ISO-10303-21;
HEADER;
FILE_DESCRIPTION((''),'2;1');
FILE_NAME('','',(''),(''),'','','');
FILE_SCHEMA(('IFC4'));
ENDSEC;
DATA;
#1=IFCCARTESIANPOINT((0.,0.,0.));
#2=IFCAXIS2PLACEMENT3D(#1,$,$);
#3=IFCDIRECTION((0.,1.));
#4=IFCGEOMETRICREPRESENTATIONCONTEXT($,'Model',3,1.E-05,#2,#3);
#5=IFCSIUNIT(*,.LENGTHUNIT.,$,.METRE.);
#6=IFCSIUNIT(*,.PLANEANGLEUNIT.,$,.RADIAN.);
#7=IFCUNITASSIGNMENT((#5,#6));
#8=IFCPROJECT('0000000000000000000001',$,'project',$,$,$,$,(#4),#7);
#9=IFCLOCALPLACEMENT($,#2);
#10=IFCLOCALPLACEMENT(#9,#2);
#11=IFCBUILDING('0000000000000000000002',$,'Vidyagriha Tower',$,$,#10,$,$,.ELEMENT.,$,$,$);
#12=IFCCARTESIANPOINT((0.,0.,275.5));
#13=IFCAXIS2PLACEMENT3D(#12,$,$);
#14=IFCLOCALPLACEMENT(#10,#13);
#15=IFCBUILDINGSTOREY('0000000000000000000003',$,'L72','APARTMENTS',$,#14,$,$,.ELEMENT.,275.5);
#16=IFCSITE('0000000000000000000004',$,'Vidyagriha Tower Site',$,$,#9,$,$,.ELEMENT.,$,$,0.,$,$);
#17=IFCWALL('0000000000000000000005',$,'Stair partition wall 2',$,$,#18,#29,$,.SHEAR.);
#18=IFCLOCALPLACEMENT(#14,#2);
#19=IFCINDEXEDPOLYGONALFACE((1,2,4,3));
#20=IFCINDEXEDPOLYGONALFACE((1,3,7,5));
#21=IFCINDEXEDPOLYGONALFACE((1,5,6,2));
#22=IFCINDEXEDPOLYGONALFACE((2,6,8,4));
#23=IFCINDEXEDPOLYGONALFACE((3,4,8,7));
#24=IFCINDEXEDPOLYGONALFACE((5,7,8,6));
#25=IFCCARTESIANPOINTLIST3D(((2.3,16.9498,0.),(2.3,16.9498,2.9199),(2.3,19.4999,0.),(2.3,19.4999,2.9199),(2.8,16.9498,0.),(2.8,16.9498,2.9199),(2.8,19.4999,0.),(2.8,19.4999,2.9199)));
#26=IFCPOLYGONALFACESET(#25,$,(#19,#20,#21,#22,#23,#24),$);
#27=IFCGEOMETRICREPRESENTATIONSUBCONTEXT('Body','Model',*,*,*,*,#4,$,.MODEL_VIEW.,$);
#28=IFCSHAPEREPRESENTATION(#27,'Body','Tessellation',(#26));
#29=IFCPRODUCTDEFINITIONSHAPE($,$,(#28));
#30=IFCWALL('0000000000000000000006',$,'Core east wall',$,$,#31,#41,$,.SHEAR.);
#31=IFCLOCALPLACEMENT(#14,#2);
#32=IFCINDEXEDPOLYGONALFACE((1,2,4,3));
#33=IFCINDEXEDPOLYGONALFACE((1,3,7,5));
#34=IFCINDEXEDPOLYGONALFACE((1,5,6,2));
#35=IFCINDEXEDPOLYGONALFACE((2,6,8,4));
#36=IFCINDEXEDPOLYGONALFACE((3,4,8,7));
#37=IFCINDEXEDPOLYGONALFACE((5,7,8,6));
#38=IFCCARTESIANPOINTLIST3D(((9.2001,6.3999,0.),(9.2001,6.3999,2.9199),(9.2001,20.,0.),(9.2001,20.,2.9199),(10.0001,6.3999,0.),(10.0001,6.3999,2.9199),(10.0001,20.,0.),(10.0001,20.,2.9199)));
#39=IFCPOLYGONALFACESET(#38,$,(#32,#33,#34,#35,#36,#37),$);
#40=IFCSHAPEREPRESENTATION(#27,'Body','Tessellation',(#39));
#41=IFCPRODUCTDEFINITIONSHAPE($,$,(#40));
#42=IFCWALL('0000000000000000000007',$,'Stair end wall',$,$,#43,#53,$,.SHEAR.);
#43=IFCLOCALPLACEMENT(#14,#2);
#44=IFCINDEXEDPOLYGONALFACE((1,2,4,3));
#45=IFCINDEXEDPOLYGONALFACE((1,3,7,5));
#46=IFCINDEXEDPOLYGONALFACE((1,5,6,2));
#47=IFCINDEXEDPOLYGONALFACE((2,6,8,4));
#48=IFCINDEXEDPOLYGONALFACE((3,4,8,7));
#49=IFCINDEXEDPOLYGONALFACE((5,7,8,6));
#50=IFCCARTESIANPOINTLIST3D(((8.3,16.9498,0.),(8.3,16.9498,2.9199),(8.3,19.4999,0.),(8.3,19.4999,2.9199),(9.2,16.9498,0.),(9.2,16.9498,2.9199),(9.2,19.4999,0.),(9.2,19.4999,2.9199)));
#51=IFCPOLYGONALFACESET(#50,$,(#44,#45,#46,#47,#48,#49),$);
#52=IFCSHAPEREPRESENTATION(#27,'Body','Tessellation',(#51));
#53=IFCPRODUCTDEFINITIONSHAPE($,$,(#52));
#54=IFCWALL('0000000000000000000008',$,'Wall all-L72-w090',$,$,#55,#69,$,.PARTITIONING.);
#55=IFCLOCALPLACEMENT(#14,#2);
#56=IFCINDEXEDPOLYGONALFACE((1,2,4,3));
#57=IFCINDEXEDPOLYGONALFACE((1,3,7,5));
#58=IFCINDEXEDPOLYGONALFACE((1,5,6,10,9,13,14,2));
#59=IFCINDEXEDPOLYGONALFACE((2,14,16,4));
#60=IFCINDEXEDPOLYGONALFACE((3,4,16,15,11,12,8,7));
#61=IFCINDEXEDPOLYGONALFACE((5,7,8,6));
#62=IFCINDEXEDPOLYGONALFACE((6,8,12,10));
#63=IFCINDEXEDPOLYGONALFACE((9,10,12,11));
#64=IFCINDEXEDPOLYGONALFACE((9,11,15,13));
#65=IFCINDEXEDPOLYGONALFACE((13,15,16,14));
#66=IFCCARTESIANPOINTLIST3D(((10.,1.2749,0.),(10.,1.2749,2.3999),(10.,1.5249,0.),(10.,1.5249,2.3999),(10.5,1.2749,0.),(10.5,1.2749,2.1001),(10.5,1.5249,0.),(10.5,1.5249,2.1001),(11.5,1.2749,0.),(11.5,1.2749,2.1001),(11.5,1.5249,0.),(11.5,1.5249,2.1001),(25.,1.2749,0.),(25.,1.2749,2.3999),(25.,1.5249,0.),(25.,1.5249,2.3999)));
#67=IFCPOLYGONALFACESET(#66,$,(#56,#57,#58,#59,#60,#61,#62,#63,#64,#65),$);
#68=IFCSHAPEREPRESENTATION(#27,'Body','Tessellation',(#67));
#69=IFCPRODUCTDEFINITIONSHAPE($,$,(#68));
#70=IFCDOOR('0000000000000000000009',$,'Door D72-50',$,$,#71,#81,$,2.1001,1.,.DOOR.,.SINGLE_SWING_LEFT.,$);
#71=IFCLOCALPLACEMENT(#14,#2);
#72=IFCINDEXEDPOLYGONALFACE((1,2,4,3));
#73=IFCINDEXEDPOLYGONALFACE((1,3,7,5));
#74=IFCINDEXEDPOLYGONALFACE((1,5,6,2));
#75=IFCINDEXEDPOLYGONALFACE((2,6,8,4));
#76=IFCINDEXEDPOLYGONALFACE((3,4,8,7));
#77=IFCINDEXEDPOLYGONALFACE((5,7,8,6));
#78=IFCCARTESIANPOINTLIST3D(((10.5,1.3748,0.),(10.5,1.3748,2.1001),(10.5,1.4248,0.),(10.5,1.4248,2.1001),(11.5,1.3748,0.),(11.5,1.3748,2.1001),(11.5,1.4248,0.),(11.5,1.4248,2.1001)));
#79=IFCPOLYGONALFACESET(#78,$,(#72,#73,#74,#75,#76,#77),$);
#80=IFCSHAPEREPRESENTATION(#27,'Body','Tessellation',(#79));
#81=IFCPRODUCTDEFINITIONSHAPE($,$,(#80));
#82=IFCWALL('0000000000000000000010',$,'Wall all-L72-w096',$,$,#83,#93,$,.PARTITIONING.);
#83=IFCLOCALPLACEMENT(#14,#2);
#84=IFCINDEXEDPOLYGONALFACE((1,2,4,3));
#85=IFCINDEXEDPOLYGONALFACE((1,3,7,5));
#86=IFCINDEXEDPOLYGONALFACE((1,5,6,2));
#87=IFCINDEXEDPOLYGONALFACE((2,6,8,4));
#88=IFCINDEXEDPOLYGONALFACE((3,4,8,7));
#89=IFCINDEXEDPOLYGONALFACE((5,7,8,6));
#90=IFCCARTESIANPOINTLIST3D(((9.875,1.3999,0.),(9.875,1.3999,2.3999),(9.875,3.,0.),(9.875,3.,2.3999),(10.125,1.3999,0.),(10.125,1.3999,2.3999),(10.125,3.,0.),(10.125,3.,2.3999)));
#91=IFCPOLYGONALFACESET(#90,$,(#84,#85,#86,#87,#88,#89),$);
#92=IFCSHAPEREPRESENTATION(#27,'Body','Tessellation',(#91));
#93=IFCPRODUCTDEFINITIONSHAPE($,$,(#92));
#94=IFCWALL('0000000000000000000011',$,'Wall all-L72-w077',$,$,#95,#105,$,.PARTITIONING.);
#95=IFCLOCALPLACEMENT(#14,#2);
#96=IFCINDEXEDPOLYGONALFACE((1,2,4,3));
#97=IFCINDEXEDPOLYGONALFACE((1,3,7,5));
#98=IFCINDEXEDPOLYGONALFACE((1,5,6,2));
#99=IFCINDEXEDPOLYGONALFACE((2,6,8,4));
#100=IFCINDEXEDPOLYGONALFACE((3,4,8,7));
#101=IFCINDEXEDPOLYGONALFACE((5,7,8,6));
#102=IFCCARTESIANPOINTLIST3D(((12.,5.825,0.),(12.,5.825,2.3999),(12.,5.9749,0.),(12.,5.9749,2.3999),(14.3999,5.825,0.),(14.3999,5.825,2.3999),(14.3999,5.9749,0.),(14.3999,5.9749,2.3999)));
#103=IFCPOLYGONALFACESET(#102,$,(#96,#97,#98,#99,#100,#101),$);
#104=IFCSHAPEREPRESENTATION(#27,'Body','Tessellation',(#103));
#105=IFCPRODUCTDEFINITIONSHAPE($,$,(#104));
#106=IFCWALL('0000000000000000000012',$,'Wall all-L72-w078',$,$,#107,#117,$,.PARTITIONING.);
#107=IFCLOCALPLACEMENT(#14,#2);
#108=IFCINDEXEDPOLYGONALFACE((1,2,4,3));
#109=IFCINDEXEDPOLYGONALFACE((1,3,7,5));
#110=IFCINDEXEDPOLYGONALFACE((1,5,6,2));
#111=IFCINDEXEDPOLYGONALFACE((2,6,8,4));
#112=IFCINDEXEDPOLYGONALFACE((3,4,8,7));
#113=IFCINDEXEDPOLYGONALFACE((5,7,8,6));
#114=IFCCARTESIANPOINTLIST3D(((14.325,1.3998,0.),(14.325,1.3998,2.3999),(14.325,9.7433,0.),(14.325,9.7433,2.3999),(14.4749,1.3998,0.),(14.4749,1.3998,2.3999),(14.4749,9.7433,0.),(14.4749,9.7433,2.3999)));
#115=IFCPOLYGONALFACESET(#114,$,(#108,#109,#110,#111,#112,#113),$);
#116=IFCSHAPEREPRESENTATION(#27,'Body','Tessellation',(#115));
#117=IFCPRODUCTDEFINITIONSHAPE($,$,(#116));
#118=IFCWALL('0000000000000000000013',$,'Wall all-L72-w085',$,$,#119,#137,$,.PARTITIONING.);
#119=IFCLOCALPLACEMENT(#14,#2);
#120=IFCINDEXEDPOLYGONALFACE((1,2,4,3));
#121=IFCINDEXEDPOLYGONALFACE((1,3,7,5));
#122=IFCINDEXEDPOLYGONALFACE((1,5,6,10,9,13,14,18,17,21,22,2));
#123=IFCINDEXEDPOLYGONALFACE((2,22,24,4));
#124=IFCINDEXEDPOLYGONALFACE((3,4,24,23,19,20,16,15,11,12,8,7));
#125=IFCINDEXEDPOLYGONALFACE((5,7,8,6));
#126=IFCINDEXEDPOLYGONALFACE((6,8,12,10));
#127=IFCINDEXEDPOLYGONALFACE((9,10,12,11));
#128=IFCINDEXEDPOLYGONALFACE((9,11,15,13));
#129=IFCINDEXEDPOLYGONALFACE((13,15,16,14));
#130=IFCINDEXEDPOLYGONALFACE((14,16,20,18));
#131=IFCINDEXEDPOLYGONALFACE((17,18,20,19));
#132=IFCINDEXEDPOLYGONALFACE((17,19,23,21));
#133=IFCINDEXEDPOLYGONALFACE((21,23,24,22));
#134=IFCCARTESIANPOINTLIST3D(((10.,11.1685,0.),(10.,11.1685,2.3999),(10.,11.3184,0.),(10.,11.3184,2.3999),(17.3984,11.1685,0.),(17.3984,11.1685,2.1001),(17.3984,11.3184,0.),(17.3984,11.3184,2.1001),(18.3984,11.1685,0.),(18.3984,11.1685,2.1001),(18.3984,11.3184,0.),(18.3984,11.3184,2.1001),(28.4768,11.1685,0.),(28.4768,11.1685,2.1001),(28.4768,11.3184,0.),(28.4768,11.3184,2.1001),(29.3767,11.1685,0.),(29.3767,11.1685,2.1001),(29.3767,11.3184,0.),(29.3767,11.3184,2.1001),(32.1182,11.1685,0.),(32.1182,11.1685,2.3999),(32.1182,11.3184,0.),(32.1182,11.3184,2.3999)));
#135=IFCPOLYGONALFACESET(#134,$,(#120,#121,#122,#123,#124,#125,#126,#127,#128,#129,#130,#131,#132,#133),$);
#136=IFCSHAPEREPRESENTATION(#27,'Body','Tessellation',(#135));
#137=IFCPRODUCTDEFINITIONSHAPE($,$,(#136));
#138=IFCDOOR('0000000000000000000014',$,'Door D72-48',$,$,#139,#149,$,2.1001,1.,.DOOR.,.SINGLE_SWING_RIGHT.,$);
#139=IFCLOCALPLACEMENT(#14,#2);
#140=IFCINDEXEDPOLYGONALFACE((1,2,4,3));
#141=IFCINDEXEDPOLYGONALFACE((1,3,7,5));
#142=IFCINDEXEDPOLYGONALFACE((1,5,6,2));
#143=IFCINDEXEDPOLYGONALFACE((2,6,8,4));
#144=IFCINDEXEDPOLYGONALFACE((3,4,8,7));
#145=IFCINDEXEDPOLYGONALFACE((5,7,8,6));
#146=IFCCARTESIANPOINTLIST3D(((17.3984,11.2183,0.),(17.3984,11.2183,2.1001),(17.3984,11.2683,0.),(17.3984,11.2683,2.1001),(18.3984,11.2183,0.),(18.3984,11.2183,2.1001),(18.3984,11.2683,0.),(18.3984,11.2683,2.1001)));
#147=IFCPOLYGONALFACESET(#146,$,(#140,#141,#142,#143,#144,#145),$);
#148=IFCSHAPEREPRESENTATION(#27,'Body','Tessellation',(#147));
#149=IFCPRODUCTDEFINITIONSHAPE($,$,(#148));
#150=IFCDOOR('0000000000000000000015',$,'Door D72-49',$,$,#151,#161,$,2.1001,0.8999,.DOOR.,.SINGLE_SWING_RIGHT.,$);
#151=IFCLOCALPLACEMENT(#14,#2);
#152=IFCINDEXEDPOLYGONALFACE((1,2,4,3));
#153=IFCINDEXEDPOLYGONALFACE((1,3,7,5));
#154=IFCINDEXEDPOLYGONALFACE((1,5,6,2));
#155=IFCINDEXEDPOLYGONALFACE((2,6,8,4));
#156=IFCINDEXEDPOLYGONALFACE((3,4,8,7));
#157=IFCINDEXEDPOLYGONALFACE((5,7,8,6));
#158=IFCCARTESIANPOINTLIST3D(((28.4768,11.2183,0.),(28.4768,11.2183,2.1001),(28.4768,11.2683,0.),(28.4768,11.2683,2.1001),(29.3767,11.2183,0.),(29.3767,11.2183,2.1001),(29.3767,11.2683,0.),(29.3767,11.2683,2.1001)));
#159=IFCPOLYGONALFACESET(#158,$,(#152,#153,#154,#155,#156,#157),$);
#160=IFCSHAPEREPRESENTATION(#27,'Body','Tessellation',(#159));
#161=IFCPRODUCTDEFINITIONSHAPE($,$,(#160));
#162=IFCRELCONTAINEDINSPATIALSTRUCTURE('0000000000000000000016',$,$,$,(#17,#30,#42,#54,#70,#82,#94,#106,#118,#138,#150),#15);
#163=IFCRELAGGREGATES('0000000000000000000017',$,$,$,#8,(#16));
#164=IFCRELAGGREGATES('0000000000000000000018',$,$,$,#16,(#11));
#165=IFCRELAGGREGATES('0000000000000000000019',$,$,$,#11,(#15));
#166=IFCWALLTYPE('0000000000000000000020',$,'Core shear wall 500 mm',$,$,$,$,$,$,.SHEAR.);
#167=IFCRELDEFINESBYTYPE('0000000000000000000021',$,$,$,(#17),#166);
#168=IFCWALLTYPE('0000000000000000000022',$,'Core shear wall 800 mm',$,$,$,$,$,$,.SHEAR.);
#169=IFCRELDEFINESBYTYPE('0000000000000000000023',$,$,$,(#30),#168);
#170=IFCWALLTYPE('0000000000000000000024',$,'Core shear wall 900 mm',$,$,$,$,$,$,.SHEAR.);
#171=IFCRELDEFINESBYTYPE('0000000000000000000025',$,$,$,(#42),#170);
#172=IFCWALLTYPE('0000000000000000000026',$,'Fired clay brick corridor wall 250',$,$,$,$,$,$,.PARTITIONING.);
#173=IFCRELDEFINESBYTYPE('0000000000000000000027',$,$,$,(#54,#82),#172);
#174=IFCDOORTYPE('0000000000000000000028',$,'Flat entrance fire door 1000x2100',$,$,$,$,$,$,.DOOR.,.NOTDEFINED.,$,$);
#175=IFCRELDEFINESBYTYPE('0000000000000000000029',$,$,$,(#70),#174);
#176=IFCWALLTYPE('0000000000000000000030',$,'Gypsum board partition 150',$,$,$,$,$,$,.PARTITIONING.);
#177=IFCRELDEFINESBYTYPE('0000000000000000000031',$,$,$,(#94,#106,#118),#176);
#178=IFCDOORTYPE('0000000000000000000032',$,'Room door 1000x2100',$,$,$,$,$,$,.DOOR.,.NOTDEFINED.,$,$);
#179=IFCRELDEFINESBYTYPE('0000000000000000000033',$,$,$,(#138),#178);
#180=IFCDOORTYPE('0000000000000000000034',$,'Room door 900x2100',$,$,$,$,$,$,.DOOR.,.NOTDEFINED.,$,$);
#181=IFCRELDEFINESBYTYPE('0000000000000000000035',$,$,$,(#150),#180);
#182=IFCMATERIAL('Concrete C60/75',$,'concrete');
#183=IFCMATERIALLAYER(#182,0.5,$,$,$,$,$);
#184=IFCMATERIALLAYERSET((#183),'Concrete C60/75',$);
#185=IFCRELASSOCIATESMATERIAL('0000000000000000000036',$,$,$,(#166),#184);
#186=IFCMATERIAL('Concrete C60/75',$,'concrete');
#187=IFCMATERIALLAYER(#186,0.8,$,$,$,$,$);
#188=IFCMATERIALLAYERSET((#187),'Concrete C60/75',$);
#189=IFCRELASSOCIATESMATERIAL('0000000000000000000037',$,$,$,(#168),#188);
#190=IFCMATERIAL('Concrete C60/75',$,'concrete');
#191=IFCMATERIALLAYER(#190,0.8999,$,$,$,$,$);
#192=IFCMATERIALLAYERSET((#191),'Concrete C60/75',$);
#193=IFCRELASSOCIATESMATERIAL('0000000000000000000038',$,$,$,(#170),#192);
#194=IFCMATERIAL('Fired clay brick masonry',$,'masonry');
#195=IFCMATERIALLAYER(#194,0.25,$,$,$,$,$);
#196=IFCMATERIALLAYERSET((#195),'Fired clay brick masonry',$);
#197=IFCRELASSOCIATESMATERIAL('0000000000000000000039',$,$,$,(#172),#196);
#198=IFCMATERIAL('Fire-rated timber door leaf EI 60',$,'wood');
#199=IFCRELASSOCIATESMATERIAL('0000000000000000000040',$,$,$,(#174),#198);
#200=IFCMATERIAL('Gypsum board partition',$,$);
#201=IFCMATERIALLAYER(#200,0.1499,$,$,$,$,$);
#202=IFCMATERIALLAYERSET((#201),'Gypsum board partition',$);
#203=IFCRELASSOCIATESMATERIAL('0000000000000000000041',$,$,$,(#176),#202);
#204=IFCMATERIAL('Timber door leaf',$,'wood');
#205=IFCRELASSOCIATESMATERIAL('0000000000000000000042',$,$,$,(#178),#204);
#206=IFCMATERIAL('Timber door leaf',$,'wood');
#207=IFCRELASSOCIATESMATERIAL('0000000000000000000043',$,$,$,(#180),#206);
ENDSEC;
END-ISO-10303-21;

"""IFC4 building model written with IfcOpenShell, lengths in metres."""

from ifc_helpers import new_model, si_unit, direction, frame, frame_2d, origin, place, context, subcontext, project, spatial, rectangle, extrude, material, layer, layer_set, type_object, element, fill, save


model = new_model("IFC4")

# Units and contexts
model_context = context("Model", 3, precision=1e-05, world=origin(), true_north=direction((0.0, 1.0)))
body_context = subcontext(model_context, "Body", "Model", "MODEL_VIEW")
ifc_project = project(units=[si_unit("LENGTHUNIT", "METRE"), si_unit("PLANEANGLEUNIT", "RADIAN")], contexts=[model_context])

# Site, building, storey
site_placement = place(None, origin())
site = spatial("IfcSite", under=ifc_project, at=site_placement, Name="Vidyagriha Tower Site", CompositionType="ELEMENT", RefElevation=0.0)
building_placement = place(site_placement, origin())
building = spatial("IfcBuilding", under=site, at=building_placement, Name="Vidyagriha Tower", CompositionType="ELEMENT")
storey_placement = place(building_placement, frame((0.0, 0.0, 275.5)))
storey = spatial("IfcBuildingStorey", under=building, at=storey_placement, Name="L72", Description="APARTMENTS", CompositionType="ELEMENT", Elevation=275.5)

# Walls
ifc_material_1 = material(Name="Concrete C60/75", Category="concrete")
ifc_layer_1 = layer(ifc_material_1, 0.5)
ifc_layer_set_1 = layer_set([ifc_layer_1], Name="Concrete C60/75")
wall_type_1 = type_object("IfcWallType", Name="Core shear wall 500 mm", PredefinedType="SHEAR", material=ifc_layer_set_1)
wall_1_placement = place(storey_placement, frame((2.55, 16.95, 0.0), z_axis=(0.0, 0.0, 1.0), x_axis=(0.0, 1.0, 0.0)))
element("IfcWall", 1, at=wall_1_placement, inside=storey, type_object=wall_type_1, Name="Stair partition wall 2", PredefinedType="SHEAR", context=body_context, shape_type="SweptSolid", body=[
    extrude(rectangle(XDim=2.55, YDim=0.5, at=frame_2d((1.2749, 0.0))), origin(), (0.0, 0.0, 1.0), 2.9199),
])
ifc_material_2 = material(Name="Concrete C60/75", Category="concrete")
ifc_layer_2 = layer(ifc_material_2, 0.8)
ifc_layer_set_2 = layer_set([ifc_layer_2], Name="Concrete C60/75")
wall_type_2 = type_object("IfcWallType", Name="Core shear wall 800 mm", PredefinedType="SHEAR", material=ifc_layer_set_2)
wall_2_placement = place(storey_placement, frame((9.6001, 6.3999, 0.0), z_axis=(0.0, 0.0, 1.0), x_axis=(0.0, 1.0, 0.0)))
element("IfcWall", 2, at=wall_2_placement, inside=storey, type_object=wall_type_2, Name="Core east wall", PredefinedType="SHEAR", context=body_context, shape_type="SweptSolid", body=[
    extrude(rectangle(XDim=13.6001, YDim=0.8, at=frame_2d((6.8, 0.0))), origin(), (0.0, 0.0, 1.0), 2.9199),
])
ifc_material_3 = material(Name="Concrete C60/75", Category="concrete")
ifc_layer_3 = layer(ifc_material_3, 0.8999)
ifc_layer_set_3 = layer_set([ifc_layer_3], Name="Concrete C60/75")
wall_type_3 = type_object("IfcWallType", Name="Core shear wall 900 mm", PredefinedType="SHEAR", material=ifc_layer_set_3)
wall_3_placement = place(storey_placement, frame((8.75, 16.95, 0.0), z_axis=(0.0, 0.0, 1.0), x_axis=(0.0, 1.0, 0.0)))
element("IfcWall", 3, at=wall_3_placement, inside=storey, type_object=wall_type_3, Name="Stair end wall", PredefinedType="SHEAR", context=body_context, shape_type="SweptSolid", body=[
    extrude(rectangle(XDim=2.55, YDim=0.8999, at=frame_2d((1.2749, 0.0))), origin(), (0.0, 0.0, 1.0), 2.9199),
])

# Wall, opening, door
ifc_material_4 = material(Name="Fired clay brick masonry", Category="masonry")
ifc_layer_4 = layer(ifc_material_4, 0.25)
ifc_layer_set_4 = layer_set([ifc_layer_4], Name="Fired clay brick masonry")
wall_type_4 = type_object("IfcWallType", Name="Fired clay brick corridor wall 250", PredefinedType="PARTITIONING", material=ifc_layer_set_4)
wall_4_placement = place(storey_placement, frame((10.0, 1.3999, 0.0)))
wall_4 = element("IfcWall", 4, at=wall_4_placement, inside=storey, type_object=wall_type_4, Name="Wall all-L72-w090", PredefinedType="PARTITIONING", context=body_context, shape_type="SweptSolid", body=[
    extrude(rectangle(XDim=15.0, YDim=0.25, at=frame_2d((7.5, 0.0))), origin(), (0.0, 0.0, 1.0), 2.3999),
])
opening_1_placement = place(wall_4_placement, frame((0.5, 0.0, 0.0)))
opening_1 = element("IfcOpeningElement", 5, at=opening_1_placement, cuts=wall_4, PredefinedType="OPENING", context=body_context, shape_type="SweptSolid", body=[
    extrude(rectangle(XDim=1.0, YDim=2.1001, at=frame_2d((0.5, 1.05))), frame((0.0, 0.135, 0.0), z_axis=(0.0, -1.0, 0.0), x_axis=(1.0, 0.0, 0.0)), (0.0, 0.0, 1.0), 0.27),
])
ifc_material_5 = material(Name="Fire-rated timber door leaf EI 60", Category="wood")
door_type_1 = type_object("IfcDoorType", Name="Flat entrance fire door 1000x2100", OperationType="NOTDEFINED", PredefinedType="DOOR", material=ifc_material_5)
door_1_placement = place(opening_1_placement, origin())
door_1 = element("IfcDoor", 6, at=door_1_placement, inside=storey, type_object=door_type_1, Name="Door D72-50", OperationType="SINGLE_SWING_LEFT", OverallHeight=2.1001, OverallWidth=1.0, PredefinedType="DOOR", context=body_context, shape_type="SweptSolid", body=[
    extrude(rectangle(XDim=1.0, YDim=2.1001, at=frame_2d((0.5, 1.05))), frame((0.0, 0.0249, 0.0), z_axis=(0.0, -1.0, 0.0), x_axis=(1.0, 0.0, 0.0)), (0.0, 0.0, 1.0), 0.05),
])
fill(opening_1, door_1)

# Walls
wall_5_placement = place(storey_placement, frame((10.0, 1.3999, 0.0), z_axis=(0.0, 0.0, 1.0), x_axis=(0.0, 1.0, 0.0)))
element("IfcWall", 7, at=wall_5_placement, inside=storey, type_object=wall_type_4, Name="Wall all-L72-w096", PredefinedType="PARTITIONING", context=body_context, shape_type="SweptSolid", body=[
    extrude(rectangle(XDim=1.6001, YDim=0.25, at=frame_2d((0.8, 0.0))), origin(), (0.0, 0.0, 1.0), 2.3999),
])
ifc_material_6 = material(Name="Gypsum board partition")
ifc_layer_5 = layer(ifc_material_6, 0.1499)
ifc_layer_set_5 = layer_set([ifc_layer_5], Name="Gypsum board partition")
wall_type_5 = type_object("IfcWallType", Name="Gypsum board partition 150", PredefinedType="PARTITIONING", material=ifc_layer_set_5)
wall_6_placement = place(storey_placement, frame((12.0, 5.8999, 0.0)))
element("IfcWall", 8, at=wall_6_placement, inside=storey, type_object=wall_type_5, Name="Wall all-L72-w077", PredefinedType="PARTITIONING", context=body_context, shape_type="SweptSolid", body=[
    extrude(rectangle(XDim=2.3999, YDim=0.1499, at=frame_2d((1.2, 0.0))), origin(), (0.0, 0.0, 1.0), 2.3999),
])
wall_7_placement = place(storey_placement, frame((14.3999, 9.7434, 0.0), z_axis=(0.0, 0.0, 1.0), x_axis=(0.0, -1.0, 0.0)))
element("IfcWall", 9, at=wall_7_placement, inside=storey, type_object=wall_type_5, Name="Wall all-L72-w078", PredefinedType="PARTITIONING", context=body_context, shape_type="SweptSolid", body=[
    extrude(rectangle(XDim=8.3435, YDim=0.1499, at=frame_2d((4.1719, 0.0))), origin(), (0.0, 0.0, 1.0), 2.3999),
])

# Wall, openings, doors
wall_8_placement = place(storey_placement, frame((10.0, 11.2434, 0.0)))
wall_8 = element("IfcWall", 10, at=wall_8_placement, inside=storey, type_object=wall_type_5, Name="Wall all-L72-w085", PredefinedType="PARTITIONING", context=body_context, shape_type="SweptSolid", body=[
    extrude(rectangle(XDim=22.1182, YDim=0.1499, at=frame_2d((11.0591, 0.0))), origin(), (0.0, 0.0, 1.0), 2.3999),
])
opening_2_placement = place(wall_8_placement, frame((7.3984, 0.0, 0.0)))
opening_2 = element("IfcOpeningElement", 11, at=opening_2_placement, cuts=wall_8, PredefinedType="OPENING", context=body_context, shape_type="SweptSolid", body=[
    extrude(rectangle(XDim=1.0, YDim=2.1001, at=frame_2d((0.5, 1.05))), frame((0.0, 0.085, 0.0), z_axis=(0.0, -1.0, 0.0), x_axis=(1.0, 0.0, 0.0)), (0.0, 0.0, 1.0), 0.1699),
])
opening_3_placement = place(wall_8_placement, frame((18.4768, 0.0, 0.0)))
opening_3 = element("IfcOpeningElement", 12, at=opening_3_placement, cuts=wall_8, PredefinedType="OPENING", context=body_context, shape_type="SweptSolid", body=[
    extrude(rectangle(XDim=0.8999, YDim=2.1001, at=frame_2d((0.45, 1.05))), frame((0.0, 0.085, 0.0), z_axis=(0.0, -1.0, 0.0), x_axis=(1.0, 0.0, 0.0)), (0.0, 0.0, 1.0), 0.1699),
])
ifc_material_7 = material(Name="Timber door leaf", Category="wood")
door_type_2 = type_object("IfcDoorType", Name="Room door 1000x2100", OperationType="NOTDEFINED", PredefinedType="DOOR", material=ifc_material_7)
door_2_placement = place(opening_2_placement, origin())
door_2 = element("IfcDoor", 13, at=door_2_placement, inside=storey, type_object=door_type_2, Name="Door D72-48", OperationType="SINGLE_SWING_RIGHT", OverallHeight=2.1001, OverallWidth=1.0, PredefinedType="DOOR", context=body_context, shape_type="SweptSolid", body=[
    extrude(rectangle(XDim=1.0, YDim=2.1001, at=frame_2d((0.5, 1.05))), frame((0.0, 0.0249, 0.0), z_axis=(0.0, -1.0, 0.0), x_axis=(1.0, 0.0, 0.0)), (0.0, 0.0, 1.0), 0.05),
])
fill(opening_2, door_2)
ifc_material_8 = material(Name="Timber door leaf", Category="wood")
door_type_3 = type_object("IfcDoorType", Name="Room door 900x2100", OperationType="NOTDEFINED", PredefinedType="DOOR", material=ifc_material_8)
door_3_placement = place(opening_3_placement, origin())
door_3 = element("IfcDoor", 14, at=door_3_placement, inside=storey, type_object=door_type_3, Name="Door D72-49", OperationType="SINGLE_SWING_RIGHT", OverallHeight=2.1001, OverallWidth=0.8999, PredefinedType="DOOR", context=body_context, shape_type="SweptSolid", body=[
    extrude(rectangle(XDim=0.8999, YDim=2.1001, at=frame_2d((0.45, 1.05))), frame((0.0, 0.0249, 0.0), z_axis=(0.0, -1.0, 0.0), x_axis=(1.0, 0.0, 0.0)), (0.0, 0.0, 1.0), 0.05),
])
fill(opening_3, door_3)

save(model, "model.ifc")
